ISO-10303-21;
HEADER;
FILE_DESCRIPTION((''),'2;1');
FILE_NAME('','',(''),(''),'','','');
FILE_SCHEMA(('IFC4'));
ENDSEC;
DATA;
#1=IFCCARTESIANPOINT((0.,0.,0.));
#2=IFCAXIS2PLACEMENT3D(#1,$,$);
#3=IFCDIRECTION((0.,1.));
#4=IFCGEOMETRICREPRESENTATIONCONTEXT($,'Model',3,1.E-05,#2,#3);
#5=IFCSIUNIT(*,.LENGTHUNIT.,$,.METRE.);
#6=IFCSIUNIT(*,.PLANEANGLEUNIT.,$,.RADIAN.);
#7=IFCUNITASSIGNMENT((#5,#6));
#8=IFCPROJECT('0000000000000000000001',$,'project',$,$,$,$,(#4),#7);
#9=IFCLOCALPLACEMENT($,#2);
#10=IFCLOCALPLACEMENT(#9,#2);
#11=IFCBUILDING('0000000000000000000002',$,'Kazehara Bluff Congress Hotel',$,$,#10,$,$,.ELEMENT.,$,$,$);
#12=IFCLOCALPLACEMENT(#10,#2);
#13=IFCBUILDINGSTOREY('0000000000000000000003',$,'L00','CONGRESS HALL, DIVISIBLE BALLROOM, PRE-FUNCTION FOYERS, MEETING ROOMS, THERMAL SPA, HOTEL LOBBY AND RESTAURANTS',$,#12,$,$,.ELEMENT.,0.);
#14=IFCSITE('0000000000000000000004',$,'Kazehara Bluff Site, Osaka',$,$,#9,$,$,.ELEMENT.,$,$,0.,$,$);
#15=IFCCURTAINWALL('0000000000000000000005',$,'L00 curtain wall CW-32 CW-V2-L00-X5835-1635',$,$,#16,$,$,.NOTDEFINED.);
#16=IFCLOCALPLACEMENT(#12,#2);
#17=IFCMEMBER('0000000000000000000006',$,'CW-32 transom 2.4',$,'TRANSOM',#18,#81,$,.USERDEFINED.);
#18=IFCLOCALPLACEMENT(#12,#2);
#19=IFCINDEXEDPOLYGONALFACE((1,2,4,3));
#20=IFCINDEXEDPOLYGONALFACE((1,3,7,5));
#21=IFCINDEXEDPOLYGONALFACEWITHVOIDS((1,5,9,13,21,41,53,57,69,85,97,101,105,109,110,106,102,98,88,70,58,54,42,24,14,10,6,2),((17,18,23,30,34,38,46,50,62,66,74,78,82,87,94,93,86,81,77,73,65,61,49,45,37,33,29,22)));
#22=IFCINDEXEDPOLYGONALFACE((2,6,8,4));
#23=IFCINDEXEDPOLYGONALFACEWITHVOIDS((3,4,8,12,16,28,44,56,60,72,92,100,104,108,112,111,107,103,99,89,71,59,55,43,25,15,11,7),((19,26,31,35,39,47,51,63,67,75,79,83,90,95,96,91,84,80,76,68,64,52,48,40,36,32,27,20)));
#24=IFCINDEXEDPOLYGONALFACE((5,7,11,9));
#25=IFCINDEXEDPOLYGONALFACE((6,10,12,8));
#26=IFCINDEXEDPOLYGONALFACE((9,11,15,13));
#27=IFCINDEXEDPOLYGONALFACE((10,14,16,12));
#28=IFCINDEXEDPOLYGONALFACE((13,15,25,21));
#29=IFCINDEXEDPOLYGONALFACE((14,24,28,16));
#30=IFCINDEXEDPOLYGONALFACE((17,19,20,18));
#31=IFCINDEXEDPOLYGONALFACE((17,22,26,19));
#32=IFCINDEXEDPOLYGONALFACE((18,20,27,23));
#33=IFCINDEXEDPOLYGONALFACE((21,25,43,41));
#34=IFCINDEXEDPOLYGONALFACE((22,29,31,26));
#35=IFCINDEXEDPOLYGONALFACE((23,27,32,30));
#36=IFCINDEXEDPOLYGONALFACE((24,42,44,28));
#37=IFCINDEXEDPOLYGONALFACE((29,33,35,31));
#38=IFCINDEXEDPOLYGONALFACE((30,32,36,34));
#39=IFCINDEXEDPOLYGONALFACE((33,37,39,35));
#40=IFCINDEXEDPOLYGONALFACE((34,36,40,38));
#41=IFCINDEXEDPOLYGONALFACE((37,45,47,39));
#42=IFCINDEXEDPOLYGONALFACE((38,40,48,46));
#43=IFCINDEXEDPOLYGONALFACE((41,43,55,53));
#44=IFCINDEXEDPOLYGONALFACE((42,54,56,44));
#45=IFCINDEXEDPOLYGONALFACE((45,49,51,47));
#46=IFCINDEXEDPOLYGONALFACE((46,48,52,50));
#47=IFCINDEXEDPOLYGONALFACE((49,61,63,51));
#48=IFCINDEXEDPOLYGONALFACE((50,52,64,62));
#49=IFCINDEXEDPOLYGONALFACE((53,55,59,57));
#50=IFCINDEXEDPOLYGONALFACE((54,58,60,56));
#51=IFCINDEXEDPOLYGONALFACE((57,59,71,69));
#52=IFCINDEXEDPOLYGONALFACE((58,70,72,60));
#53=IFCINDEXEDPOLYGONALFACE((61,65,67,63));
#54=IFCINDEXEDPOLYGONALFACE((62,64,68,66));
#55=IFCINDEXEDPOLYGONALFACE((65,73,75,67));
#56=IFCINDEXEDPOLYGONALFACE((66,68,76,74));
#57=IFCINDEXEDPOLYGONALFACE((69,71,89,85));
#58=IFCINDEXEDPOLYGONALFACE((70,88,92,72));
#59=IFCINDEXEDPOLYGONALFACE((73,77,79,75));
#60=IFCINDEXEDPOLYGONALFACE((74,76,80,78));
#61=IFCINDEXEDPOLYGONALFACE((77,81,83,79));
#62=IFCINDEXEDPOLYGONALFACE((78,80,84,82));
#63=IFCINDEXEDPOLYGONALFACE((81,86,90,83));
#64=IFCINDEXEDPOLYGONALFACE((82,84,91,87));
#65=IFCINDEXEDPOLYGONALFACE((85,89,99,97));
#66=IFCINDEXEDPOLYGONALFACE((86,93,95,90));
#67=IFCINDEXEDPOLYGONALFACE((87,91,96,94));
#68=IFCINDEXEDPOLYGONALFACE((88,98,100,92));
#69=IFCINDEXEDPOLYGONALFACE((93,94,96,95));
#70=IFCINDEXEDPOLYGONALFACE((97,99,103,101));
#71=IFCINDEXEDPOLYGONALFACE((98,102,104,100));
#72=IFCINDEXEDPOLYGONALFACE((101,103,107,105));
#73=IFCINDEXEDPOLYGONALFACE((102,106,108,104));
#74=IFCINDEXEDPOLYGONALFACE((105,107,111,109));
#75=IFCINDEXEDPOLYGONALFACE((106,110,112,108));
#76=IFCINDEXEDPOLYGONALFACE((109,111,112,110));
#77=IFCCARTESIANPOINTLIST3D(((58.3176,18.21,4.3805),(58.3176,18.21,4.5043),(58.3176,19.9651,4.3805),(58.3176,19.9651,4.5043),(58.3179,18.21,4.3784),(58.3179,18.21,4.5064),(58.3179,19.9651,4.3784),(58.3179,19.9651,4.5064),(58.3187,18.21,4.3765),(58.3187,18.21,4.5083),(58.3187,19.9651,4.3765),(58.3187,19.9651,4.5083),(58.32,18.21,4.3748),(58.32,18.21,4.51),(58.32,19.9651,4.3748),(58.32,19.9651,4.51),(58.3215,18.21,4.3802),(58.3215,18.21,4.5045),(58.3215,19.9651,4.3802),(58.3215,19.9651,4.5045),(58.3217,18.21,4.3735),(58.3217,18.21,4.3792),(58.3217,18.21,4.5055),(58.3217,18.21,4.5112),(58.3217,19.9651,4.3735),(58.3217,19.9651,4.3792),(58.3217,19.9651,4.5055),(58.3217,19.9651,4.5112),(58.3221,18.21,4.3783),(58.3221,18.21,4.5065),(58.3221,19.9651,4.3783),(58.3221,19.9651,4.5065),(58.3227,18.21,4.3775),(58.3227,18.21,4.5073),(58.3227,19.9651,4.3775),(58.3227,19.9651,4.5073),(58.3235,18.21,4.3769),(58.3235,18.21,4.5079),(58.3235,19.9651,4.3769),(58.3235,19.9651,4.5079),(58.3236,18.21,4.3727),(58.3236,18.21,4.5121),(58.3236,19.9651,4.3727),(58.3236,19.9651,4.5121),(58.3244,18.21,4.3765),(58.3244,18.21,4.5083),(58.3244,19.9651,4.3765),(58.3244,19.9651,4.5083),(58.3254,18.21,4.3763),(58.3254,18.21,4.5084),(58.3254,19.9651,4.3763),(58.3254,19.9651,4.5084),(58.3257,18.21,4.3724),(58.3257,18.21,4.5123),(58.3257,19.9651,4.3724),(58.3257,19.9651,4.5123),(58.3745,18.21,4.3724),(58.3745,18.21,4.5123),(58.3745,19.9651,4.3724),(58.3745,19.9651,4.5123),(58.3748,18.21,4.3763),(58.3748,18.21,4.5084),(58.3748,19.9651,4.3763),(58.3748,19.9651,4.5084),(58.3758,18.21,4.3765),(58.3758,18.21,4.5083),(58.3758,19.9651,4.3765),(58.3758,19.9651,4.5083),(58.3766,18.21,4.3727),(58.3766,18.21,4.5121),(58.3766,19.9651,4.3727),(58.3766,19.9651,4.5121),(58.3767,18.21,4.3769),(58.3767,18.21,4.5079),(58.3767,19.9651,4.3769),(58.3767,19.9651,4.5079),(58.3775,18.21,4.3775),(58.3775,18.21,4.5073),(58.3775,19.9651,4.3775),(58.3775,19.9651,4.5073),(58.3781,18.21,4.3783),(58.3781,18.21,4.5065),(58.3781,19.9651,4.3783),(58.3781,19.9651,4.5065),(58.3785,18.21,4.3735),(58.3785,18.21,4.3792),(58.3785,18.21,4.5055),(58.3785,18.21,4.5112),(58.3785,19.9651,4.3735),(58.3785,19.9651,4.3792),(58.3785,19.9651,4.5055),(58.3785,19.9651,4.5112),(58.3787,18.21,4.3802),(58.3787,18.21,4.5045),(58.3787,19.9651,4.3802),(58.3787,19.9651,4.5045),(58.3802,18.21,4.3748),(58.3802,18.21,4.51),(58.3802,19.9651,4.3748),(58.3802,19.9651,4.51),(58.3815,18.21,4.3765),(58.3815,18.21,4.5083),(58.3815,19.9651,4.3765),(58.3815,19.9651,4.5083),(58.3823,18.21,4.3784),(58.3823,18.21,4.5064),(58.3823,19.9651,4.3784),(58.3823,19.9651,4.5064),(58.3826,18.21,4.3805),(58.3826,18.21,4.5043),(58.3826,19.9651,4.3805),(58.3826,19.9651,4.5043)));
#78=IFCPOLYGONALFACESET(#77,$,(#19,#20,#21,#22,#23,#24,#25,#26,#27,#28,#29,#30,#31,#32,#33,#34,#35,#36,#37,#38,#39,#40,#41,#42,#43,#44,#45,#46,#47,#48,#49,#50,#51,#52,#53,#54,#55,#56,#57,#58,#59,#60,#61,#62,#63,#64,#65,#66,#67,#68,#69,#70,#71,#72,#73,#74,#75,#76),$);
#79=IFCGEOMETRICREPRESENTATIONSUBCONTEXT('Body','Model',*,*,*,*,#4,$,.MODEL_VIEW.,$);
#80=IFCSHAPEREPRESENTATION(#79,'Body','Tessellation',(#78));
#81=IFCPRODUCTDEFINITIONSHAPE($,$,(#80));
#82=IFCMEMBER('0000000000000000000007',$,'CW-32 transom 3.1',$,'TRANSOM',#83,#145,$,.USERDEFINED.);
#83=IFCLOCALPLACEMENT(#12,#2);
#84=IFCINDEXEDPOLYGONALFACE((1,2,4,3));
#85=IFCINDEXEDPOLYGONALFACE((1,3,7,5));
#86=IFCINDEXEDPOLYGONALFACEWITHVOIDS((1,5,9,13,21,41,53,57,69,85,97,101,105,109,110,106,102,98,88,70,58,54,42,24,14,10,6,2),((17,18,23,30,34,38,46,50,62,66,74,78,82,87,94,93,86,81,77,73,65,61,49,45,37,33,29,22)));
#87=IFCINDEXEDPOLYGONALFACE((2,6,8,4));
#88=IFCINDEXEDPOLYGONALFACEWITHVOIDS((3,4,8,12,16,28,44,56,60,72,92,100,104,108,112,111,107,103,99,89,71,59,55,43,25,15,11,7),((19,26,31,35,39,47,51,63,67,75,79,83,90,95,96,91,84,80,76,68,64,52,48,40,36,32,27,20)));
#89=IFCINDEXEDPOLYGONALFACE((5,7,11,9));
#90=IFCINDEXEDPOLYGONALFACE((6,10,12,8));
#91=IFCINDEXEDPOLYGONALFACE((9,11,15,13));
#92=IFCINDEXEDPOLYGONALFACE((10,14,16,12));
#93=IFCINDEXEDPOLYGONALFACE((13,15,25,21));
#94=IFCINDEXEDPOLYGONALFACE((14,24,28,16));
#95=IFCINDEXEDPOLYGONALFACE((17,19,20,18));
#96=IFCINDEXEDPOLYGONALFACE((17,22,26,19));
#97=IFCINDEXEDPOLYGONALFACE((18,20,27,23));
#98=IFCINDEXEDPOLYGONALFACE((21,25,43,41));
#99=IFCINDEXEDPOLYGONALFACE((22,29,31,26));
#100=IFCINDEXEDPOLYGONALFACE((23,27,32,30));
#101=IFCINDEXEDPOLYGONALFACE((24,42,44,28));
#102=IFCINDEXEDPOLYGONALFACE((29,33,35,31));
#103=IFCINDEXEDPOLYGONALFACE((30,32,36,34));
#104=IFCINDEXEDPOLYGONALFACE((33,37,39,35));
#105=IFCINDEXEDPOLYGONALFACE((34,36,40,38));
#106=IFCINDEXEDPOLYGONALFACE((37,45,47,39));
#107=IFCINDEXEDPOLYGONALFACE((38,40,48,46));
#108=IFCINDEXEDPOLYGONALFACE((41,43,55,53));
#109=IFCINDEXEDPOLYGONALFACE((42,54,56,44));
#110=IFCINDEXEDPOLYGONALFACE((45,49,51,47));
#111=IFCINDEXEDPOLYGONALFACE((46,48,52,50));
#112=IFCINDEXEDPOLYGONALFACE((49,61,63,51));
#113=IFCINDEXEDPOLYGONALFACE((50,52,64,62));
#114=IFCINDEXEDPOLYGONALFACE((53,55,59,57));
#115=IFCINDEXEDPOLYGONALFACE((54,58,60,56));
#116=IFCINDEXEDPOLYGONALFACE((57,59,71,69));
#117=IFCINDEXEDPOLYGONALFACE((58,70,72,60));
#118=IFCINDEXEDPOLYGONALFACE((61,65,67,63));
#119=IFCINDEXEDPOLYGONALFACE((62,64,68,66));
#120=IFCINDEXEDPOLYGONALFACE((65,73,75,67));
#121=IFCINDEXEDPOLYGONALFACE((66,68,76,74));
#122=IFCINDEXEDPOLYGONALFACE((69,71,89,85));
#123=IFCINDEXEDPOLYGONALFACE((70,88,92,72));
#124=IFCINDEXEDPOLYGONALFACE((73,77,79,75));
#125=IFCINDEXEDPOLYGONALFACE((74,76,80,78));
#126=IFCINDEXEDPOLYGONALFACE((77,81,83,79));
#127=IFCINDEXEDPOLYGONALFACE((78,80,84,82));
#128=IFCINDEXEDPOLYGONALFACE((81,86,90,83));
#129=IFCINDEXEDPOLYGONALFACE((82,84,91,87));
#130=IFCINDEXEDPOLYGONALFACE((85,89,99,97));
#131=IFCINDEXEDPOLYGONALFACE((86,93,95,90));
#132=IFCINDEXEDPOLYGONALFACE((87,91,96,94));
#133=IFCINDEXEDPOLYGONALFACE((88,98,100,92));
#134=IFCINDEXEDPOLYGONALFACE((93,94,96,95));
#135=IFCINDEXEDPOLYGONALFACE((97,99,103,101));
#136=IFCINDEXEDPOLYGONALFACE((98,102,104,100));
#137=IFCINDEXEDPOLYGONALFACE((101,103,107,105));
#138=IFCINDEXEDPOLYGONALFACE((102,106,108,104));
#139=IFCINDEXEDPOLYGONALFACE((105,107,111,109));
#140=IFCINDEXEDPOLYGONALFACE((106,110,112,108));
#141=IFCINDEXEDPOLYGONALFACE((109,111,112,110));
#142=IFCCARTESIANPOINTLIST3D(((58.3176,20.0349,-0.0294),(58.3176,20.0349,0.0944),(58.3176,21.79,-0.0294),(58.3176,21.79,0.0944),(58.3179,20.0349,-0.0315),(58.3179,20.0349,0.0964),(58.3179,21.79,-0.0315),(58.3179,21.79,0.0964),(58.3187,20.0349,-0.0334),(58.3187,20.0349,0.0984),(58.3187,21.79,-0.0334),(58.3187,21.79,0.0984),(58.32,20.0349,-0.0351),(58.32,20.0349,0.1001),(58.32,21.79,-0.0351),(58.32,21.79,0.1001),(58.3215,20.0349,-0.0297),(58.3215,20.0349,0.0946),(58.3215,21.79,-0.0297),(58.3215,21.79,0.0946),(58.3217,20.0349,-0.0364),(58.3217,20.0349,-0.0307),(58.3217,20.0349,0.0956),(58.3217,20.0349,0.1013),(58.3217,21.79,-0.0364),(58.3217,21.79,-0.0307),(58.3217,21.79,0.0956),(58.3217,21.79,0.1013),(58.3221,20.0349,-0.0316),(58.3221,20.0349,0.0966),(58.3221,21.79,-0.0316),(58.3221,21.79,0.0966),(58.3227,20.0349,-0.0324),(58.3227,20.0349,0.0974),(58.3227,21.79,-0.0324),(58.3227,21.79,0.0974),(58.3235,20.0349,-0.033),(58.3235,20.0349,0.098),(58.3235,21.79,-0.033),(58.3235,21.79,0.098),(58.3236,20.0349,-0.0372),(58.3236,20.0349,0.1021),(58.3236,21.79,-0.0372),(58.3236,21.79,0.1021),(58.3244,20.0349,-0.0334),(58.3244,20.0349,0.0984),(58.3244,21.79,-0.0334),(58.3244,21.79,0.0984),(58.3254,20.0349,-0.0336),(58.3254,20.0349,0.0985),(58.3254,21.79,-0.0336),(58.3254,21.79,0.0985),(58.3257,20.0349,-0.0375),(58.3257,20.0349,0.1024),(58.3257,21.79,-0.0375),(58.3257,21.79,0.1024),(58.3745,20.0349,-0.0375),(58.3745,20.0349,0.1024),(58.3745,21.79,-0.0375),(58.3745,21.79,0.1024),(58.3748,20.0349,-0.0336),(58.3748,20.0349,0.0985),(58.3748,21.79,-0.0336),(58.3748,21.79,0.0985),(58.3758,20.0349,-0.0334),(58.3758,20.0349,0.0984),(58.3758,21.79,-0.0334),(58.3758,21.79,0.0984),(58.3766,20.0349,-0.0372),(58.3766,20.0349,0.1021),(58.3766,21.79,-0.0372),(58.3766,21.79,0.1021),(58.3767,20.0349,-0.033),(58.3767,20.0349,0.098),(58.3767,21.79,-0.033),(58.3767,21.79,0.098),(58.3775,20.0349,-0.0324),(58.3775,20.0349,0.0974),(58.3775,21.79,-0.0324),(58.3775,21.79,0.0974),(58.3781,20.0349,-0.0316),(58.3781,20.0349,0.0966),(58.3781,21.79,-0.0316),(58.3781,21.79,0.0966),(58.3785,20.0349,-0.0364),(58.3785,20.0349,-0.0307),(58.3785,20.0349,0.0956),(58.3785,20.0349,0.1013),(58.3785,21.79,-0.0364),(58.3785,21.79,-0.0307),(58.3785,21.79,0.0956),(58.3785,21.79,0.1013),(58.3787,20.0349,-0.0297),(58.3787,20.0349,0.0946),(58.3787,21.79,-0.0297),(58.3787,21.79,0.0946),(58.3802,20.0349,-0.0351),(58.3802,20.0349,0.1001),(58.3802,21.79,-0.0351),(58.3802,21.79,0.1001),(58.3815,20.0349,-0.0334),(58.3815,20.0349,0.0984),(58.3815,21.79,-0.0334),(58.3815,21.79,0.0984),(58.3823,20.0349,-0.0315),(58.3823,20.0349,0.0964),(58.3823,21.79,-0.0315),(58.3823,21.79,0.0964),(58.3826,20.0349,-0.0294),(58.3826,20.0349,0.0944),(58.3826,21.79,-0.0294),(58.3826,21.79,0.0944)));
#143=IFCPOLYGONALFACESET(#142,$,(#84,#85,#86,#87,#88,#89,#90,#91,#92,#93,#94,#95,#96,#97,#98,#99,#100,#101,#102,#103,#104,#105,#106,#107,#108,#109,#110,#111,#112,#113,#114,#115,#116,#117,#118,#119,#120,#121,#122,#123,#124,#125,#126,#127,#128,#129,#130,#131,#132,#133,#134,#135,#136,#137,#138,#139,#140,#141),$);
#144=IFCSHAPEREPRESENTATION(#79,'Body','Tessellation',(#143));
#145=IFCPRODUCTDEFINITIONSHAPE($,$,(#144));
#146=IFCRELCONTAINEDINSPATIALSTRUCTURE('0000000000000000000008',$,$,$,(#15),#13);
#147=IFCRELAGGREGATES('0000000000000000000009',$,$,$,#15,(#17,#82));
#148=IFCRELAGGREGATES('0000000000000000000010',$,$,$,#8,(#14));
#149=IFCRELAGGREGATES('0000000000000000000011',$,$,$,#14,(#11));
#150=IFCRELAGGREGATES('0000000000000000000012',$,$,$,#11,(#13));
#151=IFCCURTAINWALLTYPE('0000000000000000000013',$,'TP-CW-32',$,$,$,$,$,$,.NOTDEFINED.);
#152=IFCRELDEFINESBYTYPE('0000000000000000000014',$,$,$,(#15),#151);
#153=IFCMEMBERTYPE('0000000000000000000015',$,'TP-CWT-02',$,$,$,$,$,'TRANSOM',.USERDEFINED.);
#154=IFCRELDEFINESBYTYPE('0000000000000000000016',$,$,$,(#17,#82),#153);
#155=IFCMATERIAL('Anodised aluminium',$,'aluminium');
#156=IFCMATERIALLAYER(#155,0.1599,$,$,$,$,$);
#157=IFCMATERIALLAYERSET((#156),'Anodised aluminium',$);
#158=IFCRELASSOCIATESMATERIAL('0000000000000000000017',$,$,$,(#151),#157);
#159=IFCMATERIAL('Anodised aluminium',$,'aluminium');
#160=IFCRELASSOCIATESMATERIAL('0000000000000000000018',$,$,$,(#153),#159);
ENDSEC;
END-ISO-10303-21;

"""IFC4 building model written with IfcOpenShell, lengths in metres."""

from ifc_helpers import new_model, si_unit, direction, frame, origin, origin_2d, place, context, subcontext, project, spatial, hollow_rectangle, extrude, material, layer, layer_set, material_profile, profile_set, type_object, element, aggregate, save


model = new_model("IFC4")

# Units and contexts
model_context = context("Model", 3, precision=1e-05, world=origin(), true_north=direction((0.0, 1.0)))
body_context = subcontext(model_context, "Body", "Model", "MODEL_VIEW")
ifc_project = project(units=[si_unit("LENGTHUNIT", "METRE"), si_unit("PLANEANGLEUNIT", "RADIAN")], contexts=[model_context])

# Site, building, storey
site_placement = place(None, origin())
site = spatial("IfcSite", under=ifc_project, at=site_placement, Name="Kazehara Bluff Site, Osaka", CompositionType="ELEMENT", RefElevation=0.0)
building_placement = place(site_placement, origin())
building = spatial("IfcBuilding", under=site, at=building_placement, Name="Kazehara Bluff Congress Hotel", CompositionType="ELEMENT")
storey_placement = place(building_placement, origin())
storey = spatial("IfcBuildingStorey", under=building, at=storey_placement, Name="L00", Description="CONGRESS HALL, DIVISIBLE BALLROOM, PRE-FUNCTION FOYERS, MEETING ROOMS, THERMAL SPA, HOTEL LOBBY AND RESTAURANTS", CompositionType="ELEMENT", Elevation=0.0)

# Curtain wall, members
ifc_material_1 = material(Name="Anodised aluminium", Category="aluminium")
ifc_layer_1 = layer(ifc_material_1, 0.1599)
ifc_layer_set_1 = layer_set([ifc_layer_1], Name="Anodised aluminium")
curtain_wall_type = type_object("IfcCurtainWallType", Name="TP-CW-32", PredefinedType="NOTDEFINED", material=ifc_layer_set_1)
curtain_wall_placement = place(storey_placement, origin())
curtain_wall = element("IfcCurtainWall", 1, at=curtain_wall_placement, inside=storey, type_object=curtain_wall_type, Name="L00 curtain wall CW-32 CW-V2-L00-X5835-1635", PredefinedType="NOTDEFINED")
ifc_material_2 = material(Name="Anodised aluminium", Category="aluminium")
ifc_material_profile_1 = material_profile(ifc_material_2, hollow_rectangle(XDim=0.0649, YDim=0.1399, WallThickness=0.0039, InnerFilletRadius=0.0039, OuterFilletRadius=0.0081, at=origin_2d()))
ifc_profile_set_1 = profile_set([ifc_material_profile_1], Name="Anodised aluminium")
member_type_1 = type_object("IfcMemberType", Name="TP-CWT-02", ElementType="TRANSOM", PredefinedType="USERDEFINED", material=ifc_profile_set_1)
member_1_placement = place(storey_placement, frame((58.3501, 18.21, 4.4424), z_axis=(0.0, 1.0, 0.0), x_axis=(-1.0, 0.0, 0.0)))
member_1 = element("IfcMember", 2, at=member_1_placement, type_object=member_type_1, Name="CW-32 transom 2.4", ObjectType="TRANSOM", PredefinedType="USERDEFINED", context=body_context, shape_type="SweptSolid", body=[
    extrude(hollow_rectangle(XDim=0.0649, YDim=0.1399, WallThickness=0.0039, InnerFilletRadius=0.0039, OuterFilletRadius=0.0081, at=origin_2d()), origin(), (0.0, 0.0, 1.0), 1.7551),
])
member_2_placement = place(storey_placement, frame((58.3501, 20.0349, 0.0325), z_axis=(0.0, 1.0, 0.0), x_axis=(-1.0, 0.0, 0.0)))
member_2 = element("IfcMember", 3, at=member_2_placement, type_object=member_type_1, Name="CW-32 transom 3.1", ObjectType="TRANSOM", PredefinedType="USERDEFINED", context=body_context, shape_type="SweptSolid", body=[
    extrude(hollow_rectangle(XDim=0.0649, YDim=0.1399, WallThickness=0.0039, InnerFilletRadius=0.0039, OuterFilletRadius=0.0081, at=origin_2d()), origin(), (0.0, 0.0, 1.0), 1.7551),
])

aggregate(curtain_wall, [member_1, member_2])

save(model, "model.ifc")
